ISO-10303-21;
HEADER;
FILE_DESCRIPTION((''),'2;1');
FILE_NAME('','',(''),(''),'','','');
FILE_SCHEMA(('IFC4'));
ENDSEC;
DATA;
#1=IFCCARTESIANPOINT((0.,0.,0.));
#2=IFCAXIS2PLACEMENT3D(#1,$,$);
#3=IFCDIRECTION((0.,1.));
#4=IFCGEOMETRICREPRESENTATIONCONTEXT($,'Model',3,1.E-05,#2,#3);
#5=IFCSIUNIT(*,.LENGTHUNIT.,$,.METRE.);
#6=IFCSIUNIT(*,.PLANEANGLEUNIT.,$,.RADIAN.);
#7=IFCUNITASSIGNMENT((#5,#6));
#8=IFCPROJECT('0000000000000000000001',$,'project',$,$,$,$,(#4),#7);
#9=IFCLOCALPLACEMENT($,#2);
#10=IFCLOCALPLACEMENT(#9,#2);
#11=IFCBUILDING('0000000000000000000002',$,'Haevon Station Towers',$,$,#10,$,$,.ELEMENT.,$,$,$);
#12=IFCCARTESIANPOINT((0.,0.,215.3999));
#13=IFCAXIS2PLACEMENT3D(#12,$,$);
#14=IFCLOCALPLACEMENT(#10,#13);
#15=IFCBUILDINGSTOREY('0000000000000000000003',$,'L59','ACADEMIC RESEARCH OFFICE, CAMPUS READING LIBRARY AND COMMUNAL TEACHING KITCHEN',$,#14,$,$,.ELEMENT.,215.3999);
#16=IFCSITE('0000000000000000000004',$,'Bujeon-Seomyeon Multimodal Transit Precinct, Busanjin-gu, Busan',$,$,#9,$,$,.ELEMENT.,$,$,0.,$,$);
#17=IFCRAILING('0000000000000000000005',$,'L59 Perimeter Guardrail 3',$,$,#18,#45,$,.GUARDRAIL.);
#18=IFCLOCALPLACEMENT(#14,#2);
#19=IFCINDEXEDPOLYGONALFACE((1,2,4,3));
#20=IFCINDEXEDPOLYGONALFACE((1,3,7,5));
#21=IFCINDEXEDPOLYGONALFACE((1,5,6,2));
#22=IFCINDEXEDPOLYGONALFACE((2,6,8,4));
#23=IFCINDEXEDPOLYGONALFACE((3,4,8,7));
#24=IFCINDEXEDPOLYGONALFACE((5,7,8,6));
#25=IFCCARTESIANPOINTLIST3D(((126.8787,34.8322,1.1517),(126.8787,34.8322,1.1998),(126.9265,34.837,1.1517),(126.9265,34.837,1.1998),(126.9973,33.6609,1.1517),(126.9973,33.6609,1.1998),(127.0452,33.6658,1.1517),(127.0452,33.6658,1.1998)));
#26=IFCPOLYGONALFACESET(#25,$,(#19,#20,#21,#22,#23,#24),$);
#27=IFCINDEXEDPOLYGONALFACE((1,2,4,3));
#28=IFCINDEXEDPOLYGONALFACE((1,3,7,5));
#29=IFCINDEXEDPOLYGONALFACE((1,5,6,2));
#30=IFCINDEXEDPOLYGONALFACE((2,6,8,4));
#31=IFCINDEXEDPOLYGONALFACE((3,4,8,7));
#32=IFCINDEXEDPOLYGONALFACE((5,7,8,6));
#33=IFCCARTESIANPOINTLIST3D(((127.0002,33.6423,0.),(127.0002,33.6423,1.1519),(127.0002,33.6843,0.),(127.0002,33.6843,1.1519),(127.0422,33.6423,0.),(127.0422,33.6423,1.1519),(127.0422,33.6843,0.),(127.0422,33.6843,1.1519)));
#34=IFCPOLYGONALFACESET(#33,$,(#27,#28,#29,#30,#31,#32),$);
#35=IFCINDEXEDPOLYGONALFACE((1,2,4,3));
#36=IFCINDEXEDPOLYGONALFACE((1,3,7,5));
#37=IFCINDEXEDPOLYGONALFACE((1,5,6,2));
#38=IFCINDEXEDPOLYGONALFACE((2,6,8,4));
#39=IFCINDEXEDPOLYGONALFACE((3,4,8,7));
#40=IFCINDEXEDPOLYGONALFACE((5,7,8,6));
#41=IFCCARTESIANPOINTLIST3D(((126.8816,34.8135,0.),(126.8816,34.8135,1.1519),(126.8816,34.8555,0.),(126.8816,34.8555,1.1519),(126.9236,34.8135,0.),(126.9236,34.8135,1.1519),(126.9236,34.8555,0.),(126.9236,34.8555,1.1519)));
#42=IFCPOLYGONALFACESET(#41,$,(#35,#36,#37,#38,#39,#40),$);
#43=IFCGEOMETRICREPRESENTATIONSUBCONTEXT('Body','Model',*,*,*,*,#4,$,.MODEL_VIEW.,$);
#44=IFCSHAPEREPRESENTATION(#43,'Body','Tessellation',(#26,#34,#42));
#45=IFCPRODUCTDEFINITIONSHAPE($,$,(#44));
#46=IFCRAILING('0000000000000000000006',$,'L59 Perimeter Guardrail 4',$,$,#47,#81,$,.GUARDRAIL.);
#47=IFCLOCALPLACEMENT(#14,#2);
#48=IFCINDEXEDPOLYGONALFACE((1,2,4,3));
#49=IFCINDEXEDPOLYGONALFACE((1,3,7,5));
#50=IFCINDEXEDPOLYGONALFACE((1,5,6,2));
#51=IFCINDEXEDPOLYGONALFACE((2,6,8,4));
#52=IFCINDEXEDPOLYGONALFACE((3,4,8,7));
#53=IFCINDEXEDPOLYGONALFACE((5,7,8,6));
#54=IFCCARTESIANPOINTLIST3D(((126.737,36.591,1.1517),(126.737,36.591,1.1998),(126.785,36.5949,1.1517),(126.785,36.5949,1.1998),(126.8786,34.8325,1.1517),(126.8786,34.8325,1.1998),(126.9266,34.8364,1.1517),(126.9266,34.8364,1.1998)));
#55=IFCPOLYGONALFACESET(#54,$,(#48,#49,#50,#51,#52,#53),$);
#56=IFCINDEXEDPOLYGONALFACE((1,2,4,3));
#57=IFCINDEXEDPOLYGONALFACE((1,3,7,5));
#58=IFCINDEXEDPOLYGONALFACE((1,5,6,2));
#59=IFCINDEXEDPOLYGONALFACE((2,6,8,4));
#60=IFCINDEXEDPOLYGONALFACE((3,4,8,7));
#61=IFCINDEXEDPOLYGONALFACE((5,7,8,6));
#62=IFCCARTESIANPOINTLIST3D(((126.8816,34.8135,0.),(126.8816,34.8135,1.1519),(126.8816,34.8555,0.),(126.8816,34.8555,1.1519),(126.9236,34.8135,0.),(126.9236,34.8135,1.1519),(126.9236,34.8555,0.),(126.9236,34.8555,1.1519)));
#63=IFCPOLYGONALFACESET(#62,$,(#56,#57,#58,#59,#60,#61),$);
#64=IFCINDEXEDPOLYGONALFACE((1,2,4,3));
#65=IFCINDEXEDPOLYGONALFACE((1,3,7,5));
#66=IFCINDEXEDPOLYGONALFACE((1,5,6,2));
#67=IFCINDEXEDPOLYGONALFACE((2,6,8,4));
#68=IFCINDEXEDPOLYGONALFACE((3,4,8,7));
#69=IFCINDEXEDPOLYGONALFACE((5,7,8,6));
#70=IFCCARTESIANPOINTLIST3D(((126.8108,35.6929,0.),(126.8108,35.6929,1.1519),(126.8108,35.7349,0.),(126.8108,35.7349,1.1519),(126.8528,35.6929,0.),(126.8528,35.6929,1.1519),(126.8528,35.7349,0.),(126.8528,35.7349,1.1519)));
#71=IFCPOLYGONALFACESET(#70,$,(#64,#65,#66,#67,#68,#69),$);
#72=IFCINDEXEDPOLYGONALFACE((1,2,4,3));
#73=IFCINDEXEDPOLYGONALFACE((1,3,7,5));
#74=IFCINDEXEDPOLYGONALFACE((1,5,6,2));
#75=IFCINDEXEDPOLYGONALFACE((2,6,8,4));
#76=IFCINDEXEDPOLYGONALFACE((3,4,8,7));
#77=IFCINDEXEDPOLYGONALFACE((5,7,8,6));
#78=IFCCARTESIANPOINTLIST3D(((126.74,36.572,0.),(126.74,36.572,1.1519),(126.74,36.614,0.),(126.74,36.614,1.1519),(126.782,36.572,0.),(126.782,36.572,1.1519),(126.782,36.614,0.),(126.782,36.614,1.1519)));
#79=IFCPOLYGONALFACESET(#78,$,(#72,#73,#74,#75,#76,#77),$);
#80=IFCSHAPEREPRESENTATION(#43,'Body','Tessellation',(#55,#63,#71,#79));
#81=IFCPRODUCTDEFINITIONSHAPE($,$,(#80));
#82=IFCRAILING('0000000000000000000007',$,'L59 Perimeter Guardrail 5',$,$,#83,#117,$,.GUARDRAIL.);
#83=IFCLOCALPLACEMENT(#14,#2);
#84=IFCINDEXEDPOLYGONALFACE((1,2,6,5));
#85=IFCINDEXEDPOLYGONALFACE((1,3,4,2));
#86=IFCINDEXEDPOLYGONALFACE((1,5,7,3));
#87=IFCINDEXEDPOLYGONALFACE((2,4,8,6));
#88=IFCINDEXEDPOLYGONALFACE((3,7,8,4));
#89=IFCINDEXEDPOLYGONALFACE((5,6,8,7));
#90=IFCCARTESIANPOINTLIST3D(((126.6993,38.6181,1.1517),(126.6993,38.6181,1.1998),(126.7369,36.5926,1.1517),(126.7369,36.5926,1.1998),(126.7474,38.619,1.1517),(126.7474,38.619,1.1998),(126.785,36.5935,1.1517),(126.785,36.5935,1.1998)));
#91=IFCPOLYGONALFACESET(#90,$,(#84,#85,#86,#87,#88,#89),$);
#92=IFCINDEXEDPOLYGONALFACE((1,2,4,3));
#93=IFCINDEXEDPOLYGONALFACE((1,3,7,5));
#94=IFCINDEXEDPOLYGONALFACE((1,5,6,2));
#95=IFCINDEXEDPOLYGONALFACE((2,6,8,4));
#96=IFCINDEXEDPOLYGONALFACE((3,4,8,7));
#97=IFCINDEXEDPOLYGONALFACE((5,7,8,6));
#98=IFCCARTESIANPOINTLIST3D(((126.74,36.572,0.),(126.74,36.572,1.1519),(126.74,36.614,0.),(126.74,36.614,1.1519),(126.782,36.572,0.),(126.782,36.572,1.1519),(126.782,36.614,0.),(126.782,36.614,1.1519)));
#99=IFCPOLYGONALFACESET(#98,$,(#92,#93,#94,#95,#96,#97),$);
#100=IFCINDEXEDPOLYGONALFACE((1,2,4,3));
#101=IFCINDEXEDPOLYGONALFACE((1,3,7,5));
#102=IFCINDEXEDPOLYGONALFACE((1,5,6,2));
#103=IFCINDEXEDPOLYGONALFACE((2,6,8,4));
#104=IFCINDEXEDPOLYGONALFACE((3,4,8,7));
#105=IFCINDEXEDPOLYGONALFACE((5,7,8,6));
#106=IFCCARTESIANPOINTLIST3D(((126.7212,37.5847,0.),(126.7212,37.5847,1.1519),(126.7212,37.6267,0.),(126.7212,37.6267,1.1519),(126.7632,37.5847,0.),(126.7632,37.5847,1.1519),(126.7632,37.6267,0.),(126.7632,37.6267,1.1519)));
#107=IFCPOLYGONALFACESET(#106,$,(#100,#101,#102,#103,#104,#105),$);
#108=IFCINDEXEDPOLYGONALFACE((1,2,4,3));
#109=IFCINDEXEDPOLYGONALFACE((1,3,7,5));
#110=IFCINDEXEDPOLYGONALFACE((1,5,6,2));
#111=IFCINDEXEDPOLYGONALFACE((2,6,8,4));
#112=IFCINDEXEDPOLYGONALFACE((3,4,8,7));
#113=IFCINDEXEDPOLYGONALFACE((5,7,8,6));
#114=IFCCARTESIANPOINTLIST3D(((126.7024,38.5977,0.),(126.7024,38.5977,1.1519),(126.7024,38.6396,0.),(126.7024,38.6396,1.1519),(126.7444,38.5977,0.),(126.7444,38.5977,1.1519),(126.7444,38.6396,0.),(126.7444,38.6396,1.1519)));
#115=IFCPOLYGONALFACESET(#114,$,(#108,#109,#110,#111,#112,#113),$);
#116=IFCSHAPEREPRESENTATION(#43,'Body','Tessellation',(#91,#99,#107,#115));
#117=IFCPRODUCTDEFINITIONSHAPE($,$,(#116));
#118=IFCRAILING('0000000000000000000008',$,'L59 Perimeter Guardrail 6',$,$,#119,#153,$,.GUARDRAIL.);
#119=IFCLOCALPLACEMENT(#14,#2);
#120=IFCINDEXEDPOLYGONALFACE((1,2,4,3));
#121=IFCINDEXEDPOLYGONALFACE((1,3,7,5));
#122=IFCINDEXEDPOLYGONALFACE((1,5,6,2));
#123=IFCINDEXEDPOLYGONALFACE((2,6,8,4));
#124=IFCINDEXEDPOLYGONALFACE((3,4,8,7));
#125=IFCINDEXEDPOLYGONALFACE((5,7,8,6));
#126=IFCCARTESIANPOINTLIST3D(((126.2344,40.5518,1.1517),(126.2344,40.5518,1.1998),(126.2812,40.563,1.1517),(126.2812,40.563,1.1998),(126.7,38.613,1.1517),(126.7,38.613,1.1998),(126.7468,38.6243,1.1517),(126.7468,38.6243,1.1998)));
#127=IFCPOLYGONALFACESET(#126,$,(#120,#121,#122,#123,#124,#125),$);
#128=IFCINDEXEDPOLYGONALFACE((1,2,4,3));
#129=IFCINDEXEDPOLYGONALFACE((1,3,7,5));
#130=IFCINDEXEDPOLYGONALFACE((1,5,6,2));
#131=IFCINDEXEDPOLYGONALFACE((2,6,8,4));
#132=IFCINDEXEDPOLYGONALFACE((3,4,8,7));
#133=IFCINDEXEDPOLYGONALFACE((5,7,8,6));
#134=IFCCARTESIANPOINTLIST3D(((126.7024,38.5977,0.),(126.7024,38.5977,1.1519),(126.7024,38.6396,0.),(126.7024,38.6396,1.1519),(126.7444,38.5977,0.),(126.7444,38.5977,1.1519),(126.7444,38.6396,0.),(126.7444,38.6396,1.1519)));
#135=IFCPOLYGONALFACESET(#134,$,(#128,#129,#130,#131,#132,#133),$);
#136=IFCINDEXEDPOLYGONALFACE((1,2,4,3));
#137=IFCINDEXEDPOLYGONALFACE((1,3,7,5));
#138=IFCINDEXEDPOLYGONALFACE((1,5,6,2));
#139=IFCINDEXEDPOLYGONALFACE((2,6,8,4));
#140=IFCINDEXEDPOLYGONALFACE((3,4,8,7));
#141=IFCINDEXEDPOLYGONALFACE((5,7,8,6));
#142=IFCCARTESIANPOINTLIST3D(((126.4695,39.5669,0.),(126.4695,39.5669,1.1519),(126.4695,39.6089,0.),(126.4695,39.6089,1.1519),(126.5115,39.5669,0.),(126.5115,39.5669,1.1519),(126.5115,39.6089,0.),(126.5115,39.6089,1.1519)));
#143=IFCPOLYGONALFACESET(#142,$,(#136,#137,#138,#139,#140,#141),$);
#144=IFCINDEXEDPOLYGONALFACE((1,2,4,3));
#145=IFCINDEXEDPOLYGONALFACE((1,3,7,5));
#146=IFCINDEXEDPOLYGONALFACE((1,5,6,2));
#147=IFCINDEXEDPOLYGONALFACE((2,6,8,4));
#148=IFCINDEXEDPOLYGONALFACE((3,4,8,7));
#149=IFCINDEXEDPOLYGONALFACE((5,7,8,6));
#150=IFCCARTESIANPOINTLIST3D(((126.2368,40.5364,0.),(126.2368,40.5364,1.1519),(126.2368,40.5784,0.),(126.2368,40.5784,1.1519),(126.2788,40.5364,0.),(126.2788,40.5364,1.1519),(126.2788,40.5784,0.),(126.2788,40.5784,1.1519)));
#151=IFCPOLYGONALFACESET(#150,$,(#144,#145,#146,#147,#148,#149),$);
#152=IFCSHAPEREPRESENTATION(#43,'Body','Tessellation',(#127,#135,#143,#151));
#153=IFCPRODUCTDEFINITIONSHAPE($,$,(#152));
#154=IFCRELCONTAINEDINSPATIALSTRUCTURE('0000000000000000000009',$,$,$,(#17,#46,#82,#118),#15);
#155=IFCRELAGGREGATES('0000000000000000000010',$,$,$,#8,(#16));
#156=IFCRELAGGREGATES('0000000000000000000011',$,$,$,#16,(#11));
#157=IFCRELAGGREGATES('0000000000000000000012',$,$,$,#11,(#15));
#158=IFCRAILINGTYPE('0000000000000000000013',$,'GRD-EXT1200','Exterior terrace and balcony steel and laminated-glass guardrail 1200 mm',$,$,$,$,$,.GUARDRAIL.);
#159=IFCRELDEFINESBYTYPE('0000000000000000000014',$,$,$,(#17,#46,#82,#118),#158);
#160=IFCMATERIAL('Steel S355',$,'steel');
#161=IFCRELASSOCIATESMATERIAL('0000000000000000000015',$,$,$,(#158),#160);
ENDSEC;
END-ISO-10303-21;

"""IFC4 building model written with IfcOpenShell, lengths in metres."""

from ifc_helpers import new_model, si_unit, direction, frame, origin, origin_2d, place, context, subcontext, project, spatial, rectangle, extrude, material, type_object, element, save


model = new_model("IFC4")

# Units and contexts
model_context = context("Model", 3, precision=1e-05, world=origin(), true_north=direction((0.0, 1.0)))
body_context = subcontext(model_context, "Body", "Model", "MODEL_VIEW")
ifc_project = project(units=[si_unit("LENGTHUNIT", "METRE"), si_unit("PLANEANGLEUNIT", "RADIAN")], contexts=[model_context])

# Site, building, storey
site_placement = place(None, origin())
site = spatial("IfcSite", under=ifc_project, at=site_placement, Name="Bujeon-Seomyeon Multimodal Transit Precinct, Busanjin-gu, Busan", CompositionType="ELEMENT", RefElevation=0.0)
building_placement = place(site_placement, origin())
building = spatial("IfcBuilding", under=site, at=building_placement, Name="Haevon Station Towers", CompositionType="ELEMENT")
storey_placement = place(building_placement, frame((0.0, 0.0, 215.3999)))
storey = spatial("IfcBuildingStorey", under=building, at=storey_placement, Name="L59", Description="ACADEMIC RESEARCH OFFICE, CAMPUS READING LIBRARY AND COMMUNAL TEACHING KITCHEN", CompositionType="ELEMENT", Elevation=215.3999)

# Shared definitions
ifc_material_1 = material(Name="Steel S355", Category="steel")

# Railings
railing_type = type_object("IfcRailingType", Name="GRD-EXT1200", Description="Exterior terrace and balcony steel and laminated-glass guardrail 1200 mm", PredefinedType="GUARDRAIL", material=ifc_material_1)
railing_1_placement = place(storey_placement, frame((127.0212, 33.6633, 0.0)))
element("IfcRailing", 1, at=railing_1_placement, inside=storey, type_object=railing_type, Name="L59 Perimeter Guardrail 3", PredefinedType="GUARDRAIL", context=body_context, shape_type="SweptSolid", body=[
    extrude(rectangle(XDim=0.0481, YDim=0.0481, at=origin_2d()), frame((0.0, 0.0, 1.1758), z_axis=(-0.100797, 0.994907, 0.0), x_axis=(-0.994907, -0.100797, 0.0)), (0.0, 0.0, 1.0), 1.1772),
    extrude(rectangle(XDim=0.042, YDim=0.042, at=origin_2d()), origin(), (0.0, 0.0, 1.0), 1.1519),
    extrude(rectangle(XDim=0.042, YDim=0.042, at=origin_2d()), frame((-0.1187, 1.1711, 0.0)), (0.0, 0.0, 1.0), 1.1519),
])
railing_2_placement = place(storey_placement, frame((126.9026, 34.8345, 0.0)))
element("IfcRailing", 2, at=railing_2_placement, inside=storey, type_object=railing_type, Name="L59 Perimeter Guardrail 4", PredefinedType="GUARDRAIL", context=body_context, shape_type="SweptSolid", body=[
    extrude(rectangle(XDim=0.0481, YDim=0.0481, at=origin_2d()), frame((0.0, 0.0, 1.1758), z_axis=(-0.080262, 0.996774, 0.0), x_axis=(-0.996774, -0.080262, 0.0)), (0.0, 0.0, 1.0), 1.7642),
    extrude(rectangle(XDim=0.042, YDim=0.042, at=origin_2d()), origin(), (0.0, 0.0, 1.0), 1.1519),
    extrude(rectangle(XDim=0.042, YDim=0.042, at=origin_2d()), frame((-0.0708, 0.8794, 0.0)), (0.0, 0.0, 1.0), 1.1519),
    extrude(rectangle(XDim=0.042, YDim=0.042, at=origin_2d()), frame((-0.1416, 1.7585, 0.0)), (0.0, 0.0, 1.0), 1.1519),
])
railing_3_placement = place(storey_placement, frame((126.761, 36.593, 0.0)))
element("IfcRailing", 3, at=railing_3_placement, inside=storey, type_object=railing_type, Name="L59 Perimeter Guardrail 5", PredefinedType="GUARDRAIL", context=body_context, shape_type="SweptSolid", body=[
    extrude(rectangle(XDim=0.0481, YDim=0.0481, at=origin_2d()), frame((0.0, 0.0, 1.1758), z_axis=(-0.018558, 0.999828, 0.0), x_axis=(-0.999828, -0.018558, 0.0)), (0.0, 0.0, 1.0), 2.0259),
    extrude(rectangle(XDim=0.042, YDim=0.042, at=origin_2d()), origin(), (0.0, 0.0, 1.0), 1.1519),
    extrude(rectangle(XDim=0.042, YDim=0.042, at=origin_2d()), frame((-0.0188, 1.0127, 0.0)), (0.0, 0.0, 1.0), 1.1519),
    extrude(rectangle(XDim=0.042, YDim=0.042, at=origin_2d()), frame((-0.0376, 2.0256, 0.0)), (0.0, 0.0, 1.0), 1.1519),
])
railing_4_placement = place(storey_placement, frame((126.7234, 38.6187, 0.0)))
element("IfcRailing", 4, at=railing_4_placement, inside=storey, type_object=railing_type, Name="L59 Perimeter Guardrail 6", PredefinedType="GUARDRAIL", context=body_context, shape_type="SweptSolid", body=[
    extrude(rectangle(XDim=0.0481, YDim=0.0481, at=origin_2d()), frame((0.0, 0.0, 1.1758), z_axis=(-0.233507, 0.972355, 0.0), x_axis=(-0.972355, -0.233507, 0.0)), (0.0, 0.0, 1.0), 1.9939),
    extrude(rectangle(XDim=0.042, YDim=0.042, at=origin_2d()), origin(), (0.0, 0.0, 1.0), 1.1519),
    extrude(rectangle(XDim=0.042, YDim=0.042, at=origin_2d()), frame((-0.2329, 0.9692, 0.0)), (0.0, 0.0, 1.0), 1.1519),
    extrude(rectangle(XDim=0.042, YDim=0.042, at=origin_2d()), frame((-0.4656, 1.9387, 0.0)), (0.0, 0.0, 1.0), 1.1519),
])

save(model, "model.ifc")
